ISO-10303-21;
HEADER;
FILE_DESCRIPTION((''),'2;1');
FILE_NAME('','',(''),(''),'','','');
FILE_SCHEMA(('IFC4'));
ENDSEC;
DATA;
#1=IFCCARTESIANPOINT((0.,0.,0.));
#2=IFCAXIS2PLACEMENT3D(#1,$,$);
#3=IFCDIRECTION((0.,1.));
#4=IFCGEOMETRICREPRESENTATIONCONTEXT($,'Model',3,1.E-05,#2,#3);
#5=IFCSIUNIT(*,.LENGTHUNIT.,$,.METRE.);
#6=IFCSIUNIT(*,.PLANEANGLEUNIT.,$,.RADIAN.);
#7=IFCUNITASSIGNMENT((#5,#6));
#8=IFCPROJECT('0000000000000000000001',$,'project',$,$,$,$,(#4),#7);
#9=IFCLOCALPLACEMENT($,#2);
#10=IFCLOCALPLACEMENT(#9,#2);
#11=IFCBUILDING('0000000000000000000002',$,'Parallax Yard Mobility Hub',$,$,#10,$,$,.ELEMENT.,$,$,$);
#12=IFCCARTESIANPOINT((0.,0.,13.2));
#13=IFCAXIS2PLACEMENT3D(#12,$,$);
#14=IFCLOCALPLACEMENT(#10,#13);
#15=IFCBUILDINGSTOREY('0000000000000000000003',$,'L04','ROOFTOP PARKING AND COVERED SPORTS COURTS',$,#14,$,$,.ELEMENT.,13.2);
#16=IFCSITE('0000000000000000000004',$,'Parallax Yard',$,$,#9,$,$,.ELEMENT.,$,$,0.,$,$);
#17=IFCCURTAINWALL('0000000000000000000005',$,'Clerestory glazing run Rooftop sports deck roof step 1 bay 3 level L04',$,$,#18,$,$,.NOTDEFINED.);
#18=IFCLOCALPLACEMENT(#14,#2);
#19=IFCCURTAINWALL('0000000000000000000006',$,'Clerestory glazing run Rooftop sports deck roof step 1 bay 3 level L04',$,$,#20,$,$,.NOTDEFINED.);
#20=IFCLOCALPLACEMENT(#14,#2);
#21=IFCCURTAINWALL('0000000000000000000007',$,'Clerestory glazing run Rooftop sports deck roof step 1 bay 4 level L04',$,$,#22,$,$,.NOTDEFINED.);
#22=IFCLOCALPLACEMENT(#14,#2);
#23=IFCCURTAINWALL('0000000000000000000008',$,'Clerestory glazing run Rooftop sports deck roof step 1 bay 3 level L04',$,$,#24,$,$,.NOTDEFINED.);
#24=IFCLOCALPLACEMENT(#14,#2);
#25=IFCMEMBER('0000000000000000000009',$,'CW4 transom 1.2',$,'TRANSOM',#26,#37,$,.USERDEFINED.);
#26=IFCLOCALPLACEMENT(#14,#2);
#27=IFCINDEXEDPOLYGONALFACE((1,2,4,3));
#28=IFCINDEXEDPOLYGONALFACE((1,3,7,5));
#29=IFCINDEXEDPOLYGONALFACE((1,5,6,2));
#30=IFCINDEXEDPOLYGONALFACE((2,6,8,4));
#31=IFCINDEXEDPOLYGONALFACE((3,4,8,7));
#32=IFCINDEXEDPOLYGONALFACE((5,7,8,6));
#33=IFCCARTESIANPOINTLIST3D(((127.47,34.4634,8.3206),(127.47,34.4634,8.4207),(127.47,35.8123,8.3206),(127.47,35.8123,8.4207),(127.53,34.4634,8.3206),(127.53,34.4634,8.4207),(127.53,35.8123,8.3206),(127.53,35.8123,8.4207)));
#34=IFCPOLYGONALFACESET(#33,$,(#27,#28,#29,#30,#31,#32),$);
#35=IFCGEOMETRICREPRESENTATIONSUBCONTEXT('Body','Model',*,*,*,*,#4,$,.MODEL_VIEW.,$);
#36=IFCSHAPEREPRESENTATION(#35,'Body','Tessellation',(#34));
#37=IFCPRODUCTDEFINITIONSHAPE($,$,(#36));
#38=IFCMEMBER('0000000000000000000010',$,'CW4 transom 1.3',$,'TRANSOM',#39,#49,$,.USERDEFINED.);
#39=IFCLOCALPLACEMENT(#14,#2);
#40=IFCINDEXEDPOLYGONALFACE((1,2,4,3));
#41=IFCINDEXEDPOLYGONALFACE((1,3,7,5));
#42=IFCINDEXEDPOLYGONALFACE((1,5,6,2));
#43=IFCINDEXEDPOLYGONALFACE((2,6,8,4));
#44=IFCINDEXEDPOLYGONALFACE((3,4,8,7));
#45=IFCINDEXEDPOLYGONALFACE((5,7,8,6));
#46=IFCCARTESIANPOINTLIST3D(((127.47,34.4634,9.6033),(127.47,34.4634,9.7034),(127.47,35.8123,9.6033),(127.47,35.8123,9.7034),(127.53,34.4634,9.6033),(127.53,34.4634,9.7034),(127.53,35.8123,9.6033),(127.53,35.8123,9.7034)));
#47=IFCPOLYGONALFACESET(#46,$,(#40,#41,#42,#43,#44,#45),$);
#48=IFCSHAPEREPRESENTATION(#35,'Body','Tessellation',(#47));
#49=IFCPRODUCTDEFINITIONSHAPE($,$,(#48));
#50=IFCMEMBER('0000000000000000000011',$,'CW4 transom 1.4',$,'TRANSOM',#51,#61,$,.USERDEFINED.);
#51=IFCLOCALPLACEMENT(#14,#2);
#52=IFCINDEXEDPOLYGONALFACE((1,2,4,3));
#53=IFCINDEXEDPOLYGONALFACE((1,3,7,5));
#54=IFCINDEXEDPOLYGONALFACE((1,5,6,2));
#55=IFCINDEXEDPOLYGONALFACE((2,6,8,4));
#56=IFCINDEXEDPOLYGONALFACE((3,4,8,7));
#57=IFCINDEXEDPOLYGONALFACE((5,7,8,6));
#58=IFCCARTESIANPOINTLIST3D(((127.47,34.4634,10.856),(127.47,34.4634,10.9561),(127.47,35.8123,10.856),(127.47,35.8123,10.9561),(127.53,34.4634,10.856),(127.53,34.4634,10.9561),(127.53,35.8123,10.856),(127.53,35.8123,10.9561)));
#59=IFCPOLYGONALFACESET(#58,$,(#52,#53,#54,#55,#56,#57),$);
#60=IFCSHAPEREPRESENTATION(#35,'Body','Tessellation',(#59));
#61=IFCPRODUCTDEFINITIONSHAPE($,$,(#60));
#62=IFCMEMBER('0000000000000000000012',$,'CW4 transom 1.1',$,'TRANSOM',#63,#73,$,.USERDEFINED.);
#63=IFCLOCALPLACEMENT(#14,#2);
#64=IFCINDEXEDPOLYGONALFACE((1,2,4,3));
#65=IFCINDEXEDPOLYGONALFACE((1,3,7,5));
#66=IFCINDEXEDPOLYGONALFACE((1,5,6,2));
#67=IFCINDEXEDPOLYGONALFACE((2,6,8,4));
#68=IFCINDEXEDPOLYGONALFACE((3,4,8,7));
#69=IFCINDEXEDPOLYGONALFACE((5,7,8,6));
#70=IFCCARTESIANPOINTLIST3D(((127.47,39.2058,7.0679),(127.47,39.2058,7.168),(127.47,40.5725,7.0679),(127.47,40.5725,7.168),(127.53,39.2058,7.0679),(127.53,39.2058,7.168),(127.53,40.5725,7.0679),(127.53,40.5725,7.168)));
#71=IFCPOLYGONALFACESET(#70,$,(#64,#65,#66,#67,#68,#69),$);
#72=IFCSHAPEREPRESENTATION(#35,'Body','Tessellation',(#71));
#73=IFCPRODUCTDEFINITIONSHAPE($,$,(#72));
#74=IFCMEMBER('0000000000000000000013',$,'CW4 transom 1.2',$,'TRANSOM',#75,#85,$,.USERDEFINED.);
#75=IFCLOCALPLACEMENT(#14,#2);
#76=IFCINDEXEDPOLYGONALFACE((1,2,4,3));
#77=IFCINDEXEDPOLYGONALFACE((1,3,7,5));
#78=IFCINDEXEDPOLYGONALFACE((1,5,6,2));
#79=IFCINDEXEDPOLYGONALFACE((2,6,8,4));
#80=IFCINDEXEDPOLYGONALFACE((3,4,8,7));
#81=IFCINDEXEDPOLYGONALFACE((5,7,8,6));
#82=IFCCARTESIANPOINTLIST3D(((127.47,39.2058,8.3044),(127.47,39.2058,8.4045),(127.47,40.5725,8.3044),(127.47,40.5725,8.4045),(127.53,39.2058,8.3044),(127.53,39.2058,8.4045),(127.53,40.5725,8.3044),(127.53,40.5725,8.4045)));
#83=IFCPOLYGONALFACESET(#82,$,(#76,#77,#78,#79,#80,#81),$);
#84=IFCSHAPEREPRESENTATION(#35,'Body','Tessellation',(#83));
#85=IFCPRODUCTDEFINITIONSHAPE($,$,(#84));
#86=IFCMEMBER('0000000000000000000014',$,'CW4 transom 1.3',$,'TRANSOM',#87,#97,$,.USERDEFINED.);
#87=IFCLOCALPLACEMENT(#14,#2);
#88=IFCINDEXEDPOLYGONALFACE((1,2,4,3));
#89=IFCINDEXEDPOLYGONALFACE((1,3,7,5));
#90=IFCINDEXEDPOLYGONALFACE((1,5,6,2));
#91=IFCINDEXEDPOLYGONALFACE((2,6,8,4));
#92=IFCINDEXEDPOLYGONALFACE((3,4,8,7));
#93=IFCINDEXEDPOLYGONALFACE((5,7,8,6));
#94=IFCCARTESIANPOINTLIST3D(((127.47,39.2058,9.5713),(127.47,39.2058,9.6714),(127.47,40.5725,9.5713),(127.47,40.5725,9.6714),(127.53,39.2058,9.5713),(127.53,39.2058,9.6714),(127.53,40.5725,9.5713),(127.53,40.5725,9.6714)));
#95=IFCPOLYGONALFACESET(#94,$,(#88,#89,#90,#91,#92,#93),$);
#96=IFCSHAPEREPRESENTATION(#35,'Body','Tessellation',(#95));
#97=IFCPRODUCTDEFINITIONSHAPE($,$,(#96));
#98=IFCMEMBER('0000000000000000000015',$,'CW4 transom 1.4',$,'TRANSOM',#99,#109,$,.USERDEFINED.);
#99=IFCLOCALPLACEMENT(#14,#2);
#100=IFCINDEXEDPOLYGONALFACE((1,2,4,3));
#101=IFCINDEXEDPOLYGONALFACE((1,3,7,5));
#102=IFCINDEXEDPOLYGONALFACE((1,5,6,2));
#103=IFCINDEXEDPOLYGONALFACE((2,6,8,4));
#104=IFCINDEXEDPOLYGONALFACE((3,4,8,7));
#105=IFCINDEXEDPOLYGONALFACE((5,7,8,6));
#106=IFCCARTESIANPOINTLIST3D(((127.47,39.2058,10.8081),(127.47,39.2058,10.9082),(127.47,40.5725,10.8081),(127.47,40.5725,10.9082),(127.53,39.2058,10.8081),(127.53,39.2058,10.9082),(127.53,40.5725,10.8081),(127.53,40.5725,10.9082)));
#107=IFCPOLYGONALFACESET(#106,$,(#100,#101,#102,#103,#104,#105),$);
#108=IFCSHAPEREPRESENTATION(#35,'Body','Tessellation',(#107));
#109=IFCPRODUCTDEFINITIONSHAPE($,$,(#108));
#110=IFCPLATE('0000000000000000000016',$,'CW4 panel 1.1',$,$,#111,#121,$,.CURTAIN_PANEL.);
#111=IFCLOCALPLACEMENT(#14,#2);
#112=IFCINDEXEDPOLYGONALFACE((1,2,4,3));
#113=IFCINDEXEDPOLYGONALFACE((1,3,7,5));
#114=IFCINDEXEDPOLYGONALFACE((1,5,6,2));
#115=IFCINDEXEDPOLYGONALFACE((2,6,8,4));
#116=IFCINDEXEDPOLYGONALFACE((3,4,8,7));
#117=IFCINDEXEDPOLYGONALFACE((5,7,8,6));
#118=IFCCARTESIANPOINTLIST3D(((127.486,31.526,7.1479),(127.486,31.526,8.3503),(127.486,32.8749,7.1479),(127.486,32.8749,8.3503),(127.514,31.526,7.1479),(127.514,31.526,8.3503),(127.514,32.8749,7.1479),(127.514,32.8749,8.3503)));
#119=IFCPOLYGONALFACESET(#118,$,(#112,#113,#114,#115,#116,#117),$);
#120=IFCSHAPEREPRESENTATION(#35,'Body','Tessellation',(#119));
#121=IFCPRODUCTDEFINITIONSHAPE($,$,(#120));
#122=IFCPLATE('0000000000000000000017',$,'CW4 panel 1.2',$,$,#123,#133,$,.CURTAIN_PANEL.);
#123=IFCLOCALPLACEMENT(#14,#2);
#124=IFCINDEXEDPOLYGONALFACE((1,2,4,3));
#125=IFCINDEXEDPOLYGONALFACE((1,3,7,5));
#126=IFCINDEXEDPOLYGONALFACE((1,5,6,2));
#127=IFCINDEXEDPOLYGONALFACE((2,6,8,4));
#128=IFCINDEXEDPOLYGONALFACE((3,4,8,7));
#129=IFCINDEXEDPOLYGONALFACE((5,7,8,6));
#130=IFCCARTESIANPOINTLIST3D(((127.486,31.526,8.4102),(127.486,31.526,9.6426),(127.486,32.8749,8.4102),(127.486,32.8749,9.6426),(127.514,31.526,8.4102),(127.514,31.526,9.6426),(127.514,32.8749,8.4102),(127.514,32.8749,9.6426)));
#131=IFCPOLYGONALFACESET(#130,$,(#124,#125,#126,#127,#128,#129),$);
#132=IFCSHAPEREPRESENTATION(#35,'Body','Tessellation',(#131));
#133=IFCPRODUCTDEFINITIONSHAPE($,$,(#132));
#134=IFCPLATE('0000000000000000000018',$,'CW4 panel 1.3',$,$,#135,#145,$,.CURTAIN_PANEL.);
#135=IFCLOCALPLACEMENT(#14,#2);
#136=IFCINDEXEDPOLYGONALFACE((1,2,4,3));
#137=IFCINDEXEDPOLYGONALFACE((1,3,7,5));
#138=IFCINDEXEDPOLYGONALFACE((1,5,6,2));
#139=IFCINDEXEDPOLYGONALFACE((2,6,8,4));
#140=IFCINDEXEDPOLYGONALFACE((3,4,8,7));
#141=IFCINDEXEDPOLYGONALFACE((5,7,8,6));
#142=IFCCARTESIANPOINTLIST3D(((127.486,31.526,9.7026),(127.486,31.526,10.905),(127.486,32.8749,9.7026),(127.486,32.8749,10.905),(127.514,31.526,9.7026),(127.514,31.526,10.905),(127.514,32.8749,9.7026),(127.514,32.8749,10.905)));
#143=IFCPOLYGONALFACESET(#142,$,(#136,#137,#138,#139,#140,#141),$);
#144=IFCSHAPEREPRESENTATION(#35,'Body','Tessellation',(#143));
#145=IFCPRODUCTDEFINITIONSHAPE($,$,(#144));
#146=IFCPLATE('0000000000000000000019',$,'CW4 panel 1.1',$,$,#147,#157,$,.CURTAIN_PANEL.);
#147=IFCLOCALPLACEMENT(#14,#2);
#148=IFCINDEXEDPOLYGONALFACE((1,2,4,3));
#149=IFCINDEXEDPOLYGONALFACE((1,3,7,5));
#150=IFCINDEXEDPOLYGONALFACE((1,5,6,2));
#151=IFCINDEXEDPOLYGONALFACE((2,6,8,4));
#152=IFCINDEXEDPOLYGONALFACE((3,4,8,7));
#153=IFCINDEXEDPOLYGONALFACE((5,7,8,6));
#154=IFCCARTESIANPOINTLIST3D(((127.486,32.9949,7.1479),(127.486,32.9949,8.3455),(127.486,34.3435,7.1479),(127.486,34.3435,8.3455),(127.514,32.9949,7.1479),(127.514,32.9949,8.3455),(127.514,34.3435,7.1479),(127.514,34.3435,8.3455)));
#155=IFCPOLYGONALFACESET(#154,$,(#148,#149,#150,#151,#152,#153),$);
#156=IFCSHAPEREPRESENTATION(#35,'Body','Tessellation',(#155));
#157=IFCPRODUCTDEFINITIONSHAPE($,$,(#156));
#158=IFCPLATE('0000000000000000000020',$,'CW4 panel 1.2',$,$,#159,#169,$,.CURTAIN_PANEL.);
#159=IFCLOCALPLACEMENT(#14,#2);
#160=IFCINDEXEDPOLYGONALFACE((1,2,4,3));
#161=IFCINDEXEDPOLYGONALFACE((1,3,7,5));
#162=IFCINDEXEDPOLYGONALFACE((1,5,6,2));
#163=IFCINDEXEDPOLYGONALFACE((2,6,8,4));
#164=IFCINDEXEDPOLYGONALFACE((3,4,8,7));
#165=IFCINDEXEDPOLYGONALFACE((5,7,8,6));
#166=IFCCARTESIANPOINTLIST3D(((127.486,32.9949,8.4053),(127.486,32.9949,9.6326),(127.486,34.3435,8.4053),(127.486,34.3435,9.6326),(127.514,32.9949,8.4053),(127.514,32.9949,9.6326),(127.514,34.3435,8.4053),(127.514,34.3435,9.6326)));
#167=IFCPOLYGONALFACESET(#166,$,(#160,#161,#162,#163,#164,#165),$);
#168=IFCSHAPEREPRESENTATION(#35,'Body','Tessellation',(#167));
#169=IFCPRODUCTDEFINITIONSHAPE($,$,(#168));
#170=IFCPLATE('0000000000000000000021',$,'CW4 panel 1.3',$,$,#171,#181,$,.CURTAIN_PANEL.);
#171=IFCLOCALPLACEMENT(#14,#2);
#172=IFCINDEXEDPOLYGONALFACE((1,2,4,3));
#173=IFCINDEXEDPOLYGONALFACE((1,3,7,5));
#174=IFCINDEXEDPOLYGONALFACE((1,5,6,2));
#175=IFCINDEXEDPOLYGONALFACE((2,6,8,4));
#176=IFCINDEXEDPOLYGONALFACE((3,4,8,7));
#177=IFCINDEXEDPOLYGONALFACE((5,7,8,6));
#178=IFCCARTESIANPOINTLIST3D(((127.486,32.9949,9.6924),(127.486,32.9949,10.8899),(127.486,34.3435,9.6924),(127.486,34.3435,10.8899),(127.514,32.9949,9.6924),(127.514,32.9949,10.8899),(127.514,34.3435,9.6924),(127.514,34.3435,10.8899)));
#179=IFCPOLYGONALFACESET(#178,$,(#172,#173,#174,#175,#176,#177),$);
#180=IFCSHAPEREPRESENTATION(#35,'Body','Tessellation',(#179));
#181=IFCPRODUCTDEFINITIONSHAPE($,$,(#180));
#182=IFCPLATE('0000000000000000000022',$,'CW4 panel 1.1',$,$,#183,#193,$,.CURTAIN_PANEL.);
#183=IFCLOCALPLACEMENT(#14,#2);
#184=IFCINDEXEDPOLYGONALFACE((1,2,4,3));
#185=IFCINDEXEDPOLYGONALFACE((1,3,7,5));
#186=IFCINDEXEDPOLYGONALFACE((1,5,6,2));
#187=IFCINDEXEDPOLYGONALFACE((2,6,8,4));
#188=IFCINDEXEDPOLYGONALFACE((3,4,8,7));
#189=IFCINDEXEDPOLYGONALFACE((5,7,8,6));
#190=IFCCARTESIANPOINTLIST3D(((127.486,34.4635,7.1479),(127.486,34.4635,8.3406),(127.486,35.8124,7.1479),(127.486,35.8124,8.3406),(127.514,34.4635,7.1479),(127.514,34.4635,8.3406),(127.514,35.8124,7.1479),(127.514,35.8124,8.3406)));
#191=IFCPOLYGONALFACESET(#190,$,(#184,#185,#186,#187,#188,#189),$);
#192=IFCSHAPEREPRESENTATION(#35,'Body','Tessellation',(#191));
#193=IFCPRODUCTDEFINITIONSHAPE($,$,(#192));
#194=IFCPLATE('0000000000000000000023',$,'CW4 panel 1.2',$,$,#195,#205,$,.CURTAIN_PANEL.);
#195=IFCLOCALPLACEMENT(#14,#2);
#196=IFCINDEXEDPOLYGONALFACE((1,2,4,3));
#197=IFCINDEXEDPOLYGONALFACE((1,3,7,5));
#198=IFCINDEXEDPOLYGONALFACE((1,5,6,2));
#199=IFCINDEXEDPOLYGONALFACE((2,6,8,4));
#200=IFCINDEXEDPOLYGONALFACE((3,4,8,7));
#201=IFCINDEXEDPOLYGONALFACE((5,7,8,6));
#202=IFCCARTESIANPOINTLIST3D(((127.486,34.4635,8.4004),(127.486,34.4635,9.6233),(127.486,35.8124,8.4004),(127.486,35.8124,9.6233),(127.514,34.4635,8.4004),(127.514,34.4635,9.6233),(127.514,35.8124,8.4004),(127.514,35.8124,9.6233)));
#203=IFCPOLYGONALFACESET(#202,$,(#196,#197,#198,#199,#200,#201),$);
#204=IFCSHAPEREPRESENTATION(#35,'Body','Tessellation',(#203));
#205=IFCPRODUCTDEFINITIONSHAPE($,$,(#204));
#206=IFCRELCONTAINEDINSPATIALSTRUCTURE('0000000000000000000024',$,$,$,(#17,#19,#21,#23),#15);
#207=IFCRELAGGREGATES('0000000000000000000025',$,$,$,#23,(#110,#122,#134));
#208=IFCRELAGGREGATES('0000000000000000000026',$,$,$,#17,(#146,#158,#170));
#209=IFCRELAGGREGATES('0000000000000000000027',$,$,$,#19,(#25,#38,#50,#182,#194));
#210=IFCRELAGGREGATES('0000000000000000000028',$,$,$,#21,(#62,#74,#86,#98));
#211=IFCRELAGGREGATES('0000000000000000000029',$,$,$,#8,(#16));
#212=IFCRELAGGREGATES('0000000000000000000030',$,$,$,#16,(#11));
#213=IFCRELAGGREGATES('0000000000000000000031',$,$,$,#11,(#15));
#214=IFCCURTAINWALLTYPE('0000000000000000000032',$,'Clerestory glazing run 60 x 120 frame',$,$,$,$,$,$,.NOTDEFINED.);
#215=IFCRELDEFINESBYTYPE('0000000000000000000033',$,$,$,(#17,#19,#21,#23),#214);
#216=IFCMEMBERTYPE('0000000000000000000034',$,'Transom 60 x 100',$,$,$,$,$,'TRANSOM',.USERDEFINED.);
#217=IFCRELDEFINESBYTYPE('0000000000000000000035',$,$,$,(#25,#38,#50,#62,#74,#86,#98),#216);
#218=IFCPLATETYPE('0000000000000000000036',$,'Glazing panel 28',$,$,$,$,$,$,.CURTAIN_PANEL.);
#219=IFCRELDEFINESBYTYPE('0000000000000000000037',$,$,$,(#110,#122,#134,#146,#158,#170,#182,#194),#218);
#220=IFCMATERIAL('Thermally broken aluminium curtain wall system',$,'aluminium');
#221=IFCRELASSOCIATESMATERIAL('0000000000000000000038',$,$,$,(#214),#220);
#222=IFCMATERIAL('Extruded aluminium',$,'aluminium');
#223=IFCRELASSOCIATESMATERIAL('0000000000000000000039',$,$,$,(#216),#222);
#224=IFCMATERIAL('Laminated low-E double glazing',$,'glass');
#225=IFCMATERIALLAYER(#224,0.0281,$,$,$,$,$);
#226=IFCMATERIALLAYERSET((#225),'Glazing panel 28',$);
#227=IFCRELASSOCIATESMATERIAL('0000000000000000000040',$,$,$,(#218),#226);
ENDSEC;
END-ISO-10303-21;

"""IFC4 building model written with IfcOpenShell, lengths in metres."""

from ifc_helpers import new_model, si_unit, direction, frame, origin, origin_2d, place, context, subcontext, project, spatial, rectangle, extrude, material, layer, layer_set, material_profile, profile_set, type_object, element, aggregate, save


model = new_model("IFC4")

# Units and contexts
model_context = context("Model", 3, precision=1e-05, world=origin(), true_north=direction((0.0, 1.0)))
body_context = subcontext(model_context, "Body", "Model", "MODEL_VIEW")
ifc_project = project(units=[si_unit("LENGTHUNIT", "METRE"), si_unit("PLANEANGLEUNIT", "RADIAN")], contexts=[model_context])

# Site, building, storey
site_placement = place(None, origin())
site = spatial("IfcSite", under=ifc_project, at=site_placement, Name="Parallax Yard", CompositionType="ELEMENT", RefElevation=0.0)
building_placement = place(site_placement, origin())
building = spatial("IfcBuilding", under=site, at=building_placement, Name="Parallax Yard Mobility Hub", CompositionType="ELEMENT")
storey_placement = place(building_placement, frame((0.0, 0.0, 13.2)))
storey = spatial("IfcBuildingStorey", under=building, at=storey_placement, Name="L04", Description="ROOFTOP PARKING AND COVERED SPORTS COURTS", CompositionType="ELEMENT", Elevation=13.2)

# Curtain walls
ifc_material_1 = material(Name="Thermally broken aluminium curtain wall system", Category="aluminium")
curtain_wall_type = type_object("IfcCurtainWallType", Name="Clerestory glazing run 60 x 120 frame", PredefinedType="NOTDEFINED", material=ifc_material_1)
curtain_wall_1_placement = place(storey_placement, origin())
curtain_wall_1 = element("IfcCurtainWall", 1, at=curtain_wall_1_placement, inside=storey, type_object=curtain_wall_type, Name="Clerestory glazing run Rooftop sports deck roof step 1 bay 3 level L04", PredefinedType="NOTDEFINED")
ifc_material_2 = material(Name="Extruded aluminium", Category="aluminium")
curtain_wall_2_placement = place(storey_placement, origin())
curtain_wall_2 = element("IfcCurtainWall", 2, at=curtain_wall_2_placement, inside=storey, type_object=curtain_wall_type, Name="Clerestory glazing run Rooftop sports deck roof step 1 bay 3 level L04", PredefinedType="NOTDEFINED")
curtain_wall_3_placement = place(storey_placement, origin())
curtain_wall_3 = element("IfcCurtainWall", 3, at=curtain_wall_3_placement, inside=storey, type_object=curtain_wall_type, Name="Clerestory glazing run Rooftop sports deck roof step 1 bay 4 level L04", PredefinedType="NOTDEFINED")

# Curtain wall
curtain_wall_4_placement = place(storey_placement, origin())
curtain_wall_4 = element("IfcCurtainWall", 4, at=curtain_wall_4_placement, inside=storey, type_object=curtain_wall_type, Name="Clerestory glazing run Rooftop sports deck roof step 1 bay 3 level L04", PredefinedType="NOTDEFINED")
ifc_material_profile_1 = material_profile(ifc_material_2, rectangle(XDim=0.0601, YDim=0.1001, at=origin_2d()), Name="Transom 60 x 100")
ifc_profile_set_1 = profile_set([ifc_material_profile_1], Name="Extruded aluminium")
member_type_1 = type_object("IfcMemberType", Name="Transom 60 x 100", ElementType="TRANSOM", PredefinedType="USERDEFINED", material=ifc_profile_set_1)

# Members
member_1_placement = place(storey_placement, frame((127.5, 34.4634, 8.3706), z_axis=(0.0, 1.0, 0.0), x_axis=(-1.0, 0.0, 0.0)))
member_1 = element("IfcMember", 5, at=member_1_placement, type_object=member_type_1, Name="CW4 transom 1.2", ObjectType="TRANSOM", PredefinedType="USERDEFINED", context=body_context, shape_type="SweptSolid", body=[
    extrude(rectangle(XDim=0.0601, YDim=0.1001, at=origin_2d()), origin(), (0.0, 0.0, 1.0), 1.3489),
])
member_2_placement = place(storey_placement, frame((127.5, 34.4634, 9.6533), z_axis=(0.0, 1.0, 0.0), x_axis=(-1.0, 0.0, 0.0)))
member_2 = element("IfcMember", 6, at=member_2_placement, type_object=member_type_1, Name="CW4 transom 1.3", ObjectType="TRANSOM", PredefinedType="USERDEFINED", context=body_context, shape_type="SweptSolid", body=[
    extrude(rectangle(XDim=0.0601, YDim=0.1001, at=origin_2d()), origin(), (0.0, 0.0, 1.0), 1.3489),
])
member_3_placement = place(storey_placement, frame((127.5, 34.4634, 10.906), z_axis=(0.0, 1.0, 0.0), x_axis=(-1.0, 0.0, 0.0)))
member_3 = element("IfcMember", 7, at=member_3_placement, type_object=member_type_1, Name="CW4 transom 1.4", ObjectType="TRANSOM", PredefinedType="USERDEFINED", context=body_context, shape_type="SweptSolid", body=[
    extrude(rectangle(XDim=0.0601, YDim=0.1001, at=origin_2d()), origin(), (0.0, 0.0, 1.0), 1.3489),
])
member_4_placement = place(storey_placement, frame((127.5, 39.2058, 7.1179), z_axis=(0.0, 1.0, 0.0), x_axis=(-1.0, 0.0, 0.0)))
member_4 = element("IfcMember", 8, at=member_4_placement, type_object=member_type_1, Name="CW4 transom 1.1", ObjectType="TRANSOM", PredefinedType="USERDEFINED", context=body_context, shape_type="SweptSolid", body=[
    extrude(rectangle(XDim=0.0601, YDim=0.1001, at=origin_2d()), origin(), (0.0, 0.0, 1.0), 1.3667),
])
member_5_placement = place(storey_placement, frame((127.5, 39.2058, 8.3545), z_axis=(0.0, 1.0, 0.0), x_axis=(-1.0, 0.0, 0.0)))
member_5 = element("IfcMember", 9, at=member_5_placement, type_object=member_type_1, Name="CW4 transom 1.2", ObjectType="TRANSOM", PredefinedType="USERDEFINED", context=body_context, shape_type="SweptSolid", body=[
    extrude(rectangle(XDim=0.0601, YDim=0.1001, at=origin_2d()), origin(), (0.0, 0.0, 1.0), 1.3667),
])
member_6_placement = place(storey_placement, frame((127.5, 39.2058, 9.6213), z_axis=(0.0, 1.0, 0.0), x_axis=(-1.0, 0.0, 0.0)))
member_6 = element("IfcMember", 10, at=member_6_placement, type_object=member_type_1, Name="CW4 transom 1.3", ObjectType="TRANSOM", PredefinedType="USERDEFINED", context=body_context, shape_type="SweptSolid", body=[
    extrude(rectangle(XDim=0.0601, YDim=0.1001, at=origin_2d()), origin(), (0.0, 0.0, 1.0), 1.3667),
])
member_7_placement = place(storey_placement, frame((127.5, 39.2058, 10.8582), z_axis=(0.0, 1.0, 0.0), x_axis=(-1.0, 0.0, 0.0)))
member_7 = element("IfcMember", 11, at=member_7_placement, type_object=member_type_1, Name="CW4 transom 1.4", ObjectType="TRANSOM", PredefinedType="USERDEFINED", context=body_context, shape_type="SweptSolid", body=[
    extrude(rectangle(XDim=0.0601, YDim=0.1001, at=origin_2d()), origin(), (0.0, 0.0, 1.0), 1.3667),
])

# Plates
ifc_material_3 = material(Name="Laminated low-E double glazing", Category="glass")
ifc_layer = layer(ifc_material_3, 0.0281)
ifc_layer_set = layer_set([ifc_layer], Name="Glazing panel 28")
plate_type = type_object("IfcPlateType", Name="Glazing panel 28", PredefinedType="CURTAIN_PANEL", material=ifc_layer_set)
plate_1_placement = place(storey_placement, frame((127.5, 32.2004, 7.1479), z_axis=(0.0, 0.0, 1.0), x_axis=(0.0, 1.0, 0.0)))
plate_1 = element("IfcPlate", 12, at=plate_1_placement, type_object=plate_type, Name="CW4 panel 1.1", PredefinedType="CURTAIN_PANEL", context=body_context, shape_type="SweptSolid", body=[
    extrude(rectangle(XDim=1.3489, YDim=0.0281, at=origin_2d()), origin(), (0.0, 0.0, 1.0), 1.2024),
])
plate_2_placement = place(storey_placement, frame((127.5, 32.2004, 8.4102), z_axis=(0.0, 0.0, 1.0), x_axis=(0.0, 1.0, 0.0)))
plate_2 = element("IfcPlate", 13, at=plate_2_placement, type_object=plate_type, Name="CW4 panel 1.2", PredefinedType="CURTAIN_PANEL", context=body_context, shape_type="SweptSolid", body=[
    extrude(rectangle(XDim=1.3489, YDim=0.0281, at=origin_2d()), origin(), (0.0, 0.0, 1.0), 1.2324),
])
plate_3_placement = place(storey_placement, frame((127.5, 32.2004, 9.7026), z_axis=(0.0, 0.0, 1.0), x_axis=(0.0, 1.0, 0.0)))
plate_3 = element("IfcPlate", 14, at=plate_3_placement, type_object=plate_type, Name="CW4 panel 1.3", PredefinedType="CURTAIN_PANEL", context=body_context, shape_type="SweptSolid", body=[
    extrude(rectangle(XDim=1.3489, YDim=0.0281, at=origin_2d()), origin(), (0.0, 0.0, 1.0), 1.2024),
])
aggregate(curtain_wall_4, [plate_1, plate_2, plate_3])
plate_4_placement = place(storey_placement, frame((127.5, 33.6692, 7.1479), z_axis=(0.0, 0.0, 1.0), x_axis=(0.0, 1.0, 0.0)))
plate_4 = element("IfcPlate", 15, at=plate_4_placement, type_object=plate_type, Name="CW4 panel 1.1", PredefinedType="CURTAIN_PANEL", context=body_context, shape_type="SweptSolid", body=[
    extrude(rectangle(XDim=1.3486, YDim=0.0281, at=origin_2d()), origin(), (0.0, 0.0, 1.0), 1.1975),
])
plate_5_placement = place(storey_placement, frame((127.5, 33.6692, 8.4053), z_axis=(0.0, 0.0, 1.0), x_axis=(0.0, 1.0, 0.0)))
plate_5 = element("IfcPlate", 16, at=plate_5_placement, type_object=plate_type, Name="CW4 panel 1.2", PredefinedType="CURTAIN_PANEL", context=body_context, shape_type="SweptSolid", body=[
    extrude(rectangle(XDim=1.3486, YDim=0.0281, at=origin_2d()), origin(), (0.0, 0.0, 1.0), 1.2273),
])
plate_6_placement = place(storey_placement, frame((127.5, 33.6692, 9.6924), z_axis=(0.0, 0.0, 1.0), x_axis=(0.0, 1.0, 0.0)))
plate_6 = element("IfcPlate", 17, at=plate_6_placement, type_object=plate_type, Name="CW4 panel 1.3", PredefinedType="CURTAIN_PANEL", context=body_context, shape_type="SweptSolid", body=[
    extrude(rectangle(XDim=1.3486, YDim=0.0281, at=origin_2d()), origin(), (0.0, 0.0, 1.0), 1.1975),
])
aggregate(curtain_wall_1, [plate_4, plate_5, plate_6])
plate_7_placement = place(storey_placement, frame((127.5, 35.1379, 7.1479), z_axis=(0.0, 0.0, 1.0), x_axis=(0.0, 1.0, 0.0)))
plate_7 = element("IfcPlate", 18, at=plate_7_placement, type_object=plate_type, Name="CW4 panel 1.1", PredefinedType="CURTAIN_PANEL", context=body_context, shape_type="SweptSolid", body=[
    extrude(rectangle(XDim=1.3489, YDim=0.0281, at=origin_2d()), origin(), (0.0, 0.0, 1.0), 1.1926),
])
plate_8_placement = place(storey_placement, frame((127.5, 35.1379, 8.4004), z_axis=(0.0, 0.0, 1.0), x_axis=(0.0, 1.0, 0.0)))
plate_8 = element("IfcPlate", 19, at=plate_8_placement, type_object=plate_type, Name="CW4 panel 1.2", PredefinedType="CURTAIN_PANEL", context=body_context, shape_type="SweptSolid", body=[
    extrude(rectangle(XDim=1.3489, YDim=0.0281, at=origin_2d()), origin(), (0.0, 0.0, 1.0), 1.2229),
])
aggregate(curtain_wall_2, [member_1, member_2, member_3, plate_7, plate_8])
aggregate(curtain_wall_3, [member_4, member_5, member_6, member_7])

save(model, "model.ifc")
